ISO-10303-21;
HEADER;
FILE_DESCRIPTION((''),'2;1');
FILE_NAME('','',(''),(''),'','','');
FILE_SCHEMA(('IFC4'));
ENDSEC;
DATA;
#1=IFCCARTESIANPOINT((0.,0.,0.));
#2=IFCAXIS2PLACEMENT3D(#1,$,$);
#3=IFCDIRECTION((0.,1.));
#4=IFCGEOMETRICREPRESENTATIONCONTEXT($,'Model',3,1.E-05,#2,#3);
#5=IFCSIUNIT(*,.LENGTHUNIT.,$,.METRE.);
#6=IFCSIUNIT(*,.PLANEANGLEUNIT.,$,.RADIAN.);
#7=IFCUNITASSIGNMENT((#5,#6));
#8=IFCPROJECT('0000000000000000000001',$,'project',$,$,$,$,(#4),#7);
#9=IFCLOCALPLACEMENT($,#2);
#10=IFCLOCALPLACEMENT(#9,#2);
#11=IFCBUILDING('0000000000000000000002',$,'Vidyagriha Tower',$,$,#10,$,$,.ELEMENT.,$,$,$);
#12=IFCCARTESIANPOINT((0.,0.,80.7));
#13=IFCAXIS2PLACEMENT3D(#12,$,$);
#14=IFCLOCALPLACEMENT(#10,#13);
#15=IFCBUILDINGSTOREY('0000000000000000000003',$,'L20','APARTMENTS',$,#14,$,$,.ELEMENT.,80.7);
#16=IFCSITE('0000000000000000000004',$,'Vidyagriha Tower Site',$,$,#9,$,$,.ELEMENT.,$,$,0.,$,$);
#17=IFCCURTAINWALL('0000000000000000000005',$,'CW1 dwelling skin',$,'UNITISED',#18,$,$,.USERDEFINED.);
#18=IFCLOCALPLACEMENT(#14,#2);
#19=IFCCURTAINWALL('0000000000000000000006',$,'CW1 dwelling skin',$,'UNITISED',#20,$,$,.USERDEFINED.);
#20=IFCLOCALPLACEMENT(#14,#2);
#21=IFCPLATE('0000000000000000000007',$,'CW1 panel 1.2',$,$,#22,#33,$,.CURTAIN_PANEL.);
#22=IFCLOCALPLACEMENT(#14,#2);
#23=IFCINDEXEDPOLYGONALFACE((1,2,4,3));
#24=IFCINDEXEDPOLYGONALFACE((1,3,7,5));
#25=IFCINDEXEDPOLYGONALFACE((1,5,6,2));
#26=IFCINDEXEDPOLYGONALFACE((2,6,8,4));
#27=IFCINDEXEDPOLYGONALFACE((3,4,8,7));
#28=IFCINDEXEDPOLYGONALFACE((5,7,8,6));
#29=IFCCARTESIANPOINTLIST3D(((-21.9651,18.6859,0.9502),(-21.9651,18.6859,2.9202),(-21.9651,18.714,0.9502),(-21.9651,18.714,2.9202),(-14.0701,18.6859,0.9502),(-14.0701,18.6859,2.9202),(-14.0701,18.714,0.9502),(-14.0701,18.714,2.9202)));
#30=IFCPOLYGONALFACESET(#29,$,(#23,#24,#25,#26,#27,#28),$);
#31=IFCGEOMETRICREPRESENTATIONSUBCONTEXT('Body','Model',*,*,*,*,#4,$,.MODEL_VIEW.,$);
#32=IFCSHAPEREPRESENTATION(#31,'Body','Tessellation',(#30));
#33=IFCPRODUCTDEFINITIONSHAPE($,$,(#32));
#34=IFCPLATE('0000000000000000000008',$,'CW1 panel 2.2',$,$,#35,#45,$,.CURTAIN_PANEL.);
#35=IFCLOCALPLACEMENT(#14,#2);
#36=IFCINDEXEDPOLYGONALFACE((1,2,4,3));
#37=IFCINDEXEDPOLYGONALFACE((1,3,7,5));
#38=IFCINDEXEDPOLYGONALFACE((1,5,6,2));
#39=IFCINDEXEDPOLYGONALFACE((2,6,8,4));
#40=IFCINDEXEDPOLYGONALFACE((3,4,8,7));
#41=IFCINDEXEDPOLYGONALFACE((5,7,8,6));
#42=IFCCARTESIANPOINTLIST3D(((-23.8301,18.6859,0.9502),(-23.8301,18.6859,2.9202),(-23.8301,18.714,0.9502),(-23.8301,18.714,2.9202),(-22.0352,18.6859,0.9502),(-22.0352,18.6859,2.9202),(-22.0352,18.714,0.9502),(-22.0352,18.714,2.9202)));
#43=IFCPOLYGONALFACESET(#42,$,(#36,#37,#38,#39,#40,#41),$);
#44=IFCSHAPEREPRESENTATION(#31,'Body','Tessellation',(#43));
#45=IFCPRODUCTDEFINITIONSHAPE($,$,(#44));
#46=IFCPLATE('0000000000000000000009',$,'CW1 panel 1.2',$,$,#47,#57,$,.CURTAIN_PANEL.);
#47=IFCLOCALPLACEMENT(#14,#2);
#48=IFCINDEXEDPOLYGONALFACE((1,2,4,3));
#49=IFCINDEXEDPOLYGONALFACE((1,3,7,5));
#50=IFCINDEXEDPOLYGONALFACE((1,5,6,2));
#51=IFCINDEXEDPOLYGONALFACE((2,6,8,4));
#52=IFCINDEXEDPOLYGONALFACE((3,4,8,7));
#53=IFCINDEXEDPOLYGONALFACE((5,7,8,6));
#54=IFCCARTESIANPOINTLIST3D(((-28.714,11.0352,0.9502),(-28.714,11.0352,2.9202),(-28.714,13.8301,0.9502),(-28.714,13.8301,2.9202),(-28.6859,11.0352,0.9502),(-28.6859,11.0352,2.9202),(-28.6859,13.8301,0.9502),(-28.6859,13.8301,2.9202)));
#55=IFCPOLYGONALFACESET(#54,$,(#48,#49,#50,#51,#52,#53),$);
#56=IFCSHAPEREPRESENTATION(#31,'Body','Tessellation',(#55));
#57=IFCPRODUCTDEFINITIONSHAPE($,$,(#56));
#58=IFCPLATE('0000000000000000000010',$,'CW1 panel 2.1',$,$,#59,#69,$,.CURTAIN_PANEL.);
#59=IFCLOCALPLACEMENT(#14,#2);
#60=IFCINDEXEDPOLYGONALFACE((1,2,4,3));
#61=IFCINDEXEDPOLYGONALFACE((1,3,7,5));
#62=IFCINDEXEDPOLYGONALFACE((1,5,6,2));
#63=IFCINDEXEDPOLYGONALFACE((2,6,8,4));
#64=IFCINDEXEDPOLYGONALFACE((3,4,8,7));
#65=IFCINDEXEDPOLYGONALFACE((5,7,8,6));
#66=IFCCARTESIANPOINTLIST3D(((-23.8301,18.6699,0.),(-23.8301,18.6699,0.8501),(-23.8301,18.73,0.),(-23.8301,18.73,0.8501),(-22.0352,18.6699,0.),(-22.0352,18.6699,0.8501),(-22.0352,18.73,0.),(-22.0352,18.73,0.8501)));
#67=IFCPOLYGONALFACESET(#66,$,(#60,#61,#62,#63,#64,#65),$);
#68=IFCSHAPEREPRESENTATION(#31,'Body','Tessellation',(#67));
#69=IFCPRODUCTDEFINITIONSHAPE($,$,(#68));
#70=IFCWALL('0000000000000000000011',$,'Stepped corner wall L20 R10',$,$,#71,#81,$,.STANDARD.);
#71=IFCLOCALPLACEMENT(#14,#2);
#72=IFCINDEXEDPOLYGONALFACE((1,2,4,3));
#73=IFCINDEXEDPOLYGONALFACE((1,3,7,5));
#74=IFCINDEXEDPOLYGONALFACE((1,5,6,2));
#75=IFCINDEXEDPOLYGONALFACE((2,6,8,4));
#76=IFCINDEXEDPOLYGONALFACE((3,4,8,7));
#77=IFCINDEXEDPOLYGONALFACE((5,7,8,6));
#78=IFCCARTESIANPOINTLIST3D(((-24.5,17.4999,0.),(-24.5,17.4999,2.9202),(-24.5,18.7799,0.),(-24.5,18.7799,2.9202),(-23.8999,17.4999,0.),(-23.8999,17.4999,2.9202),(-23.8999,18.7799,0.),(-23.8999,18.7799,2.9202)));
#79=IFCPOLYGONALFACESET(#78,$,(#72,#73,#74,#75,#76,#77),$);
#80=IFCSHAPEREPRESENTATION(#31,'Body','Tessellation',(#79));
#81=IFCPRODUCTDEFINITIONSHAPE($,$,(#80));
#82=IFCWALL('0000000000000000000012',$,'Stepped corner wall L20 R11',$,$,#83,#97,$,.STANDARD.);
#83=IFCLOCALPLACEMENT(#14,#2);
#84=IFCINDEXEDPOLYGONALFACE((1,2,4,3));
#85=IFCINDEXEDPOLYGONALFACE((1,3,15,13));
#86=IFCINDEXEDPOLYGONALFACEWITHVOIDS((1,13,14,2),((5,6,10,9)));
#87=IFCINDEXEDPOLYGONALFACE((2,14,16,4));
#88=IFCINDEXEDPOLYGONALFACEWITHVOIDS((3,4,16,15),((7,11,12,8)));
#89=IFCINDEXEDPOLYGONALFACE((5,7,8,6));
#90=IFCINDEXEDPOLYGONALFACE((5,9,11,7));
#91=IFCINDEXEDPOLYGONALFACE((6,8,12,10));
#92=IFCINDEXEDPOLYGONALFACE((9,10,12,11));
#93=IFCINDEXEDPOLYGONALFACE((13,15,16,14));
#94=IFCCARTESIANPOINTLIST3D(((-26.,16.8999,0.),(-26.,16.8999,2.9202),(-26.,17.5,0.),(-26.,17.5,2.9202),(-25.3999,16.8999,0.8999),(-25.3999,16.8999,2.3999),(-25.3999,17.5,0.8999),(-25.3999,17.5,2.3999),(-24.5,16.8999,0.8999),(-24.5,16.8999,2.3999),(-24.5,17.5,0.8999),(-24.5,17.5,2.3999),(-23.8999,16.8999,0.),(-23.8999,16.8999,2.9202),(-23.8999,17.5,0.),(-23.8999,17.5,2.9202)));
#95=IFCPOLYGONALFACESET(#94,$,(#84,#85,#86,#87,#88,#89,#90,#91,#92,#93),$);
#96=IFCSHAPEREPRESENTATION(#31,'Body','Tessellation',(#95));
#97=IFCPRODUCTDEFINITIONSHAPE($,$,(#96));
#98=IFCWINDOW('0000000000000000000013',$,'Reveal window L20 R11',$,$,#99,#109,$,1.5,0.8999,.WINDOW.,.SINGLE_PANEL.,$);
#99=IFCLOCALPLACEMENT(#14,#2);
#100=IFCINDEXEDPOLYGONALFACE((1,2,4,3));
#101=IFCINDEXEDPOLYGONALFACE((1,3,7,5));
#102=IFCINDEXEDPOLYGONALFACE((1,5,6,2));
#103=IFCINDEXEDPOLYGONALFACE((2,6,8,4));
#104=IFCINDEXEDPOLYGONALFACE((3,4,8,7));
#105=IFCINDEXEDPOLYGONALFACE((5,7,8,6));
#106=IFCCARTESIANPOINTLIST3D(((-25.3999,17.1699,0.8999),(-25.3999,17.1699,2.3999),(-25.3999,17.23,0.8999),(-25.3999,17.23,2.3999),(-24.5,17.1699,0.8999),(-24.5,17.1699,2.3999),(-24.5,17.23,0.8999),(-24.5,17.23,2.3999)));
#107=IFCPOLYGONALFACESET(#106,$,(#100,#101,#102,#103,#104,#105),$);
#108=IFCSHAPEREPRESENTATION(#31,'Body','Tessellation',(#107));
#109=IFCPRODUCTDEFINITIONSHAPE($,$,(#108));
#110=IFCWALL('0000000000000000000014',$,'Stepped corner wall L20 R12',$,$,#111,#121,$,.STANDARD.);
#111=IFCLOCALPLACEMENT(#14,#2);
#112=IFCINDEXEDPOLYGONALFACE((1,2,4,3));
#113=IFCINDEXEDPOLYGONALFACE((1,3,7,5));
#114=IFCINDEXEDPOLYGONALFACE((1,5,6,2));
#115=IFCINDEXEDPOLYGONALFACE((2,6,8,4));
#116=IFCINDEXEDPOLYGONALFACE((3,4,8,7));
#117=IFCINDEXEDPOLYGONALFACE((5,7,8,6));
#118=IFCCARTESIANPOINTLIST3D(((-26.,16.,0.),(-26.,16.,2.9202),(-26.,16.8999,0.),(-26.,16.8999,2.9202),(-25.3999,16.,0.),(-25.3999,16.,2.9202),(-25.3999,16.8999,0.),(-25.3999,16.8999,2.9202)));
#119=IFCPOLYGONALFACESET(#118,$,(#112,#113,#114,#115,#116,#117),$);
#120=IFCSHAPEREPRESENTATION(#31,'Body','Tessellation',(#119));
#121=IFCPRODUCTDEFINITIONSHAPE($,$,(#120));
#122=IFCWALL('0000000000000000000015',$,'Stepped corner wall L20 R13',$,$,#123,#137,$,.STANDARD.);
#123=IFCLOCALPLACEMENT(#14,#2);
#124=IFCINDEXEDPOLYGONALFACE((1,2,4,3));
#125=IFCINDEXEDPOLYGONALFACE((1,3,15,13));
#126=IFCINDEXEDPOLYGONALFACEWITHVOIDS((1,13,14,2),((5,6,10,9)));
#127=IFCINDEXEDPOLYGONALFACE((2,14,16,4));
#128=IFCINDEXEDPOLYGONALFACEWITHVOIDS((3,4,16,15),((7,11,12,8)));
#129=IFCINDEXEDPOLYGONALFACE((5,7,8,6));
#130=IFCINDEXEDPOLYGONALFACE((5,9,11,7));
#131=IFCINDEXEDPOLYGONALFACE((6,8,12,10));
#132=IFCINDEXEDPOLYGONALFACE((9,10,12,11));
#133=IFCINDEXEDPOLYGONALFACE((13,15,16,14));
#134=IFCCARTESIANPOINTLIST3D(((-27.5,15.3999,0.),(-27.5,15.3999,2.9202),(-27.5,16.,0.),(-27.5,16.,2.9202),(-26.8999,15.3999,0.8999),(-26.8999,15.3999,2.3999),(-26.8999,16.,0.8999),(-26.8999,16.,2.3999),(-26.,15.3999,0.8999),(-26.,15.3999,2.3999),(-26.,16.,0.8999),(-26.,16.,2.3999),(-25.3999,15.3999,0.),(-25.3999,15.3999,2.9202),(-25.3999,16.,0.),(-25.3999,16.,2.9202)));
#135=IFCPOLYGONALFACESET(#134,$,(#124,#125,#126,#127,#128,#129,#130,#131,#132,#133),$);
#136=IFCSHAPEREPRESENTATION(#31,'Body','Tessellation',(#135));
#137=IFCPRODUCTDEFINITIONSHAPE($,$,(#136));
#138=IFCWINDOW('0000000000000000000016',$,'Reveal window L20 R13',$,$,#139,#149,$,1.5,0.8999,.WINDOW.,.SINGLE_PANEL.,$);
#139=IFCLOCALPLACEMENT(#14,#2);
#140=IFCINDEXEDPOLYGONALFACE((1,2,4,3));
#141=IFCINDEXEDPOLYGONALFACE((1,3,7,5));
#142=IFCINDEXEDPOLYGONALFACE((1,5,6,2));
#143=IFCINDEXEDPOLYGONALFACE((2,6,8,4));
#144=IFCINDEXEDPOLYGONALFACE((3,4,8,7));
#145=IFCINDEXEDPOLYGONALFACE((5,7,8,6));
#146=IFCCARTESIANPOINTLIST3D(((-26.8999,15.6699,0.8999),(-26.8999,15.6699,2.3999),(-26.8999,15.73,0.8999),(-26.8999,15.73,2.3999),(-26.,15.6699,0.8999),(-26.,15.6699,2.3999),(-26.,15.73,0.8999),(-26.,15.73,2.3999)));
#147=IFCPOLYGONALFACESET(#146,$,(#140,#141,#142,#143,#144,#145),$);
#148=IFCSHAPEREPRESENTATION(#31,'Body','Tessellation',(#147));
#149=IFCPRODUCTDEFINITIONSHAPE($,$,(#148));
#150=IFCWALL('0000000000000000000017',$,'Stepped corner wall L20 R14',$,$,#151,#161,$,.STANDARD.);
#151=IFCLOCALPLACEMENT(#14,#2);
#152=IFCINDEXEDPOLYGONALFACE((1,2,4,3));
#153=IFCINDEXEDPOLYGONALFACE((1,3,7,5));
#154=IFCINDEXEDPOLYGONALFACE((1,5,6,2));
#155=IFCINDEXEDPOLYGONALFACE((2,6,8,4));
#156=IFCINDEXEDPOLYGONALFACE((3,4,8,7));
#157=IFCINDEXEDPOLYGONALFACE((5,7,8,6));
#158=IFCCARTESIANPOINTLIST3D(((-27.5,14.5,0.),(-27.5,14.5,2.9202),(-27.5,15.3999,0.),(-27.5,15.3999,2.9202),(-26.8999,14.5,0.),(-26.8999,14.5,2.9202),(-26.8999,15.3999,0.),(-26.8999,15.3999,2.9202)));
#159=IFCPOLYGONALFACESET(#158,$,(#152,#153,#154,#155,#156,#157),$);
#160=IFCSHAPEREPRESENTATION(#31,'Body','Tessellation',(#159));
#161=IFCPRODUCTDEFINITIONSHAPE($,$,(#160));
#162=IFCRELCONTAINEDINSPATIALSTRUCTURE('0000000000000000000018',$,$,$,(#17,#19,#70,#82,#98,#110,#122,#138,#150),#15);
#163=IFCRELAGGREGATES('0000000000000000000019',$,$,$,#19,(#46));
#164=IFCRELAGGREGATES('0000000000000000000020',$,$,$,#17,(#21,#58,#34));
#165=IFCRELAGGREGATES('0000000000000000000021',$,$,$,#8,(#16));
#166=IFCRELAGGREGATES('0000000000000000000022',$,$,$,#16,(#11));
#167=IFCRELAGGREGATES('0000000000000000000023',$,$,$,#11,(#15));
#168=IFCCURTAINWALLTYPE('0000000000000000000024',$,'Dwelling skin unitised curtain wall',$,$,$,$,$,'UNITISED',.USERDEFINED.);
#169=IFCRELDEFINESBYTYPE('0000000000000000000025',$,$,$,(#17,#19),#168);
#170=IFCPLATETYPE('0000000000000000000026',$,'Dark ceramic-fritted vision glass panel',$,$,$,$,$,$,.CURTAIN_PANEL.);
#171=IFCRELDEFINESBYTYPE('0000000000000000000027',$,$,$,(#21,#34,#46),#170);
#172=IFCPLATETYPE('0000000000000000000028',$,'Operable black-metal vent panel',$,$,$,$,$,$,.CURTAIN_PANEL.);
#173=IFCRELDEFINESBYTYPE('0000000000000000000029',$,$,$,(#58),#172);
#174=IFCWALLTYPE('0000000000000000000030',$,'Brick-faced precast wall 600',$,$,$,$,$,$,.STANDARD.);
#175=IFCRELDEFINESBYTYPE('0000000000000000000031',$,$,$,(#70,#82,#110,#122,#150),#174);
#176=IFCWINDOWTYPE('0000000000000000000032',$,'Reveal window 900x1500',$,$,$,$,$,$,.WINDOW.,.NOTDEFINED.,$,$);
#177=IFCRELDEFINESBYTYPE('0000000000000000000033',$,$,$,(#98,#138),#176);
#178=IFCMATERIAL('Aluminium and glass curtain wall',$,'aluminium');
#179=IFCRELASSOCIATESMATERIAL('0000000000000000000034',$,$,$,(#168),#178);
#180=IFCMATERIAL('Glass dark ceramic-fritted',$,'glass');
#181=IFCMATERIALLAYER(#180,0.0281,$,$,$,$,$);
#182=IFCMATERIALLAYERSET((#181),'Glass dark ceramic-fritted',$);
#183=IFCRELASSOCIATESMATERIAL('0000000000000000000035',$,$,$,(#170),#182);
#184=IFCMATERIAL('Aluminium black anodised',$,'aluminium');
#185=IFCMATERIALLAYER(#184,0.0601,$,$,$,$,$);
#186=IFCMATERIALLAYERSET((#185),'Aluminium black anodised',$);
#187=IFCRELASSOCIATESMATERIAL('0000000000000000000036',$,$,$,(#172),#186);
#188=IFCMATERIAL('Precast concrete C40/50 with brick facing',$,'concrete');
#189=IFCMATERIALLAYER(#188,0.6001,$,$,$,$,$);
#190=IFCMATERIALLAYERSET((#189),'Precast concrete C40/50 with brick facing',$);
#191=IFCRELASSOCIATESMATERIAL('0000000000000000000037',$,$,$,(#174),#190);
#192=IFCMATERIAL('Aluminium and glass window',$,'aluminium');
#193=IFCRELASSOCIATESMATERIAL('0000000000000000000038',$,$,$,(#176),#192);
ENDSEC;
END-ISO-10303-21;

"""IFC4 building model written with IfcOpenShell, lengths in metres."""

from ifc_helpers import new_model, si_unit, direction, frame, frame_2d, origin, origin_2d, place, context, subcontext, project, spatial, rectangle, extrude, material, layer, layer_set, type_object, element, fill, aggregate, save


model = new_model("IFC4")

# Units and contexts
model_context = context("Model", 3, precision=1e-05, world=origin(), true_north=direction((0.0, 1.0)))
body_context = subcontext(model_context, "Body", "Model", "MODEL_VIEW")
ifc_project = project(units=[si_unit("LENGTHUNIT", "METRE"), si_unit("PLANEANGLEUNIT", "RADIAN")], contexts=[model_context])

# Site, building, storey
site_placement = place(None, origin())
site = spatial("IfcSite", under=ifc_project, at=site_placement, Name="Vidyagriha Tower Site", CompositionType="ELEMENT", RefElevation=0.0)
building_placement = place(site_placement, origin())
building = spatial("IfcBuilding", under=site, at=building_placement, Name="Vidyagriha Tower", CompositionType="ELEMENT")
storey_placement = place(building_placement, frame((0.0, 0.0, 80.7)))
storey = spatial("IfcBuildingStorey", under=building, at=storey_placement, Name="L20", Description="APARTMENTS", CompositionType="ELEMENT", Elevation=80.7)

# Curtain wall
ifc_material_1 = material(Name="Aluminium and glass curtain wall", Category="aluminium")
curtain_wall_type = type_object("IfcCurtainWallType", Name="Dwelling skin unitised curtain wall", ElementType="UNITISED", PredefinedType="USERDEFINED", material=ifc_material_1)
curtain_wall_1_placement = place(storey_placement, origin())
curtain_wall_1 = element("IfcCurtainWall", 1, at=curtain_wall_1_placement, inside=storey, type_object=curtain_wall_type, Name="CW1 dwelling skin", ObjectType="UNITISED", PredefinedType="USERDEFINED")

# Curtain wall
curtain_wall_2_placement = place(storey_placement, origin())
curtain_wall_2 = element("IfcCurtainWall", 2, at=curtain_wall_2_placement, inside=storey, type_object=curtain_wall_type, Name="CW1 dwelling skin", ObjectType="UNITISED", PredefinedType="USERDEFINED")

# Plates
ifc_material_2 = material(Name="Glass dark ceramic-fritted", Category="glass")
ifc_layer_1 = layer(ifc_material_2, 0.0281)
ifc_layer_set_1 = layer_set([ifc_layer_1], Name="Glass dark ceramic-fritted")
plate_type_1 = type_object("IfcPlateType", Name="Dark ceramic-fritted vision glass panel", PredefinedType="CURTAIN_PANEL", material=ifc_layer_set_1)
plate_1_placement = place(storey_placement, frame((-18.0176, 18.7, 0.9502), z_axis=(0.0, 0.0, 1.0), x_axis=(-1.0, 0.0, 0.0)))
plate_1 = element("IfcPlate", 3, at=plate_1_placement, type_object=plate_type_1, Name="CW1 panel 1.2", PredefinedType="CURTAIN_PANEL", context=body_context, shape_type="SweptSolid", body=[
    extrude(rectangle(XDim=7.895, YDim=0.0281, at=origin_2d()), origin(), (0.0, 0.0, 1.0), 1.97),
])
plate_2_placement = place(storey_placement, frame((-22.9326, 18.7, 0.9502), z_axis=(0.0, 0.0, 1.0), x_axis=(-1.0, 0.0, 0.0)))
plate_2 = element("IfcPlate", 4, at=plate_2_placement, type_object=plate_type_1, Name="CW1 panel 2.2", PredefinedType="CURTAIN_PANEL", context=body_context, shape_type="SweptSolid", body=[
    extrude(rectangle(XDim=1.7949, YDim=0.0281, at=origin_2d()), origin(), (0.0, 0.0, 1.0), 1.97),
])
plate_3_placement = place(storey_placement, frame((-28.7, 12.4326, 0.9502), z_axis=(0.0, 0.0, 1.0), x_axis=(0.0, -1.0, 0.0)))
plate_3 = element("IfcPlate", 5, at=plate_3_placement, type_object=plate_type_1, Name="CW1 panel 1.2", PredefinedType="CURTAIN_PANEL", context=body_context, shape_type="SweptSolid", body=[
    extrude(rectangle(XDim=2.7949, YDim=0.0281, at=origin_2d()), origin(), (0.0, 0.0, 1.0), 1.97),
])
aggregate(curtain_wall_2, [plate_3])
ifc_material_3 = material(Name="Aluminium black anodised", Category="aluminium")
ifc_layer_2 = layer(ifc_material_3, 0.0601)
ifc_layer_set_2 = layer_set([ifc_layer_2], Name="Aluminium black anodised")
plate_type_2 = type_object("IfcPlateType", Name="Operable black-metal vent panel", PredefinedType="CURTAIN_PANEL", material=ifc_layer_set_2)
plate_4_placement = place(storey_placement, frame((-22.9326, 18.7, 0.0), z_axis=(0.0, 0.0, 1.0), x_axis=(-1.0, 0.0, 0.0)))
plate_4 = element("IfcPlate", 6, at=plate_4_placement, type_object=plate_type_2, Name="CW1 panel 2.1", PredefinedType="CURTAIN_PANEL", context=body_context, shape_type="SweptSolid", body=[
    extrude(rectangle(XDim=1.7949, YDim=0.0601, at=origin_2d()), origin(), (0.0, 0.0, 1.0), 0.8501),
])
aggregate(curtain_wall_1, [plate_1, plate_4, plate_2])

# Wall
ifc_material_4 = material(Name="Precast concrete C40/50 with brick facing", Category="concrete")
ifc_layer_3 = layer(ifc_material_4, 0.6001)
ifc_layer_set_3 = layer_set([ifc_layer_3], Name="Precast concrete C40/50 with brick facing")
wall_type_1 = type_object("IfcWallType", Name="Brick-faced precast wall 600", PredefinedType="STANDARD", material=ifc_layer_set_3)
wall_1_placement = place(storey_placement, frame((-24.2, 18.78, 0.0), z_axis=(0.0, 0.0, 1.0), x_axis=(0.0, -1.0, 0.0)))
element("IfcWall", 7, at=wall_1_placement, inside=storey, type_object=wall_type_1, Name="Stepped corner wall L20 R10", PredefinedType="STANDARD", context=body_context, shape_type="SweptSolid", body=[
    extrude(rectangle(XDim=1.28, YDim=0.6001, at=frame_2d((0.6401, 0.0))), origin(), (0.0, 0.0, 1.0), 2.9202),
])

# Wall, opening, window
wall_2_placement = place(storey_placement, frame((-23.8999, 17.2, 0.0), z_axis=(0.0, 0.0, 1.0), x_axis=(-1.0, 0.0, 0.0)))
wall_2 = element("IfcWall", 8, at=wall_2_placement, inside=storey, type_object=wall_type_1, Name="Stepped corner wall L20 R11", PredefinedType="STANDARD", context=body_context, shape_type="SweptSolid", body=[
    extrude(rectangle(XDim=2.1001, YDim=0.6001, at=frame_2d((1.05, 0.0))), origin(), (0.0, 0.0, 1.0), 2.9202),
])
opening_1_placement = place(wall_2_placement, frame((0.6001, 0.0, 0.8999)))
opening_1 = element("IfcOpeningElement", 9, at=opening_1_placement, cuts=wall_2, PredefinedType="OPENING", context=body_context, shape_type="SweptSolid", body=[
    extrude(rectangle(XDim=0.8999, YDim=1.5, at=frame_2d((0.45, 0.75))), frame((0.0, 0.3101, 0.0), z_axis=(0.0, -1.0, 0.0), x_axis=(1.0, 0.0, 0.0)), (0.0, 0.0, 1.0), 0.6201),
])
ifc_material_5 = material(Name="Aluminium and glass window", Category="aluminium")
window_type = type_object("IfcWindowType", Name="Reveal window 900x1500", PartitioningType="NOTDEFINED", PredefinedType="WINDOW", material=ifc_material_5)
window_1_placement = place(opening_1_placement, origin())
window_1 = element("IfcWindow", 10, at=window_1_placement, inside=storey, type_object=window_type, Name="Reveal window L20 R11", OverallHeight=1.5, OverallWidth=0.8999, PartitioningType="SINGLE_PANEL", PredefinedType="WINDOW", context=body_context, shape_type="SweptSolid", body=[
    extrude(rectangle(XDim=0.8999, YDim=1.5, at=frame_2d((0.45, 0.75))), frame((0.0, 0.03, 0.0), z_axis=(0.0, -1.0, 0.0), x_axis=(1.0, 0.0, 0.0)), (0.0, 0.0, 1.0), 0.0601),
])
fill(opening_1, window_1)

# Wall
wall_3_placement = place(storey_placement, frame((-25.7, 16.8999, 0.0), z_axis=(0.0, 0.0, 1.0), x_axis=(0.0, -1.0, 0.0)))
element("IfcWall", 11, at=wall_3_placement, inside=storey, type_object=wall_type_1, Name="Stepped corner wall L20 R12", PredefinedType="STANDARD", context=body_context, shape_type="SweptSolid", body=[
    extrude(rectangle(XDim=0.8999, YDim=0.6001, at=frame_2d((0.45, 0.0))), origin(), (0.0, 0.0, 1.0), 2.9202),
])

# Wall, opening, window
wall_4_placement = place(storey_placement, frame((-25.3999, 15.7, 0.0), z_axis=(0.0, 0.0, 1.0), x_axis=(-1.0, 0.0, 0.0)))
wall_4 = element("IfcWall", 12, at=wall_4_placement, inside=storey, type_object=wall_type_1, Name="Stepped corner wall L20 R13", PredefinedType="STANDARD", context=body_context, shape_type="SweptSolid", body=[
    extrude(rectangle(XDim=2.1001, YDim=0.6001, at=frame_2d((1.05, 0.0))), origin(), (0.0, 0.0, 1.0), 2.9202),
])
opening_2_placement = place(wall_4_placement, frame((0.6001, 0.0, 0.8999)))
opening_2 = element("IfcOpeningElement", 13, at=opening_2_placement, cuts=wall_4, PredefinedType="OPENING", context=body_context, shape_type="SweptSolid", body=[
    extrude(rectangle(XDim=0.8999, YDim=1.5, at=frame_2d((0.45, 0.75))), frame((0.0, 0.3101, 0.0), z_axis=(0.0, -1.0, 0.0), x_axis=(1.0, 0.0, 0.0)), (0.0, 0.0, 1.0), 0.6201),
])
window_2_placement = place(opening_2_placement, origin())
window_2 = element("IfcWindow", 14, at=window_2_placement, inside=storey, type_object=window_type, Name="Reveal window L20 R13", OverallHeight=1.5, OverallWidth=0.8999, PartitioningType="SINGLE_PANEL", PredefinedType="WINDOW", context=body_context, shape_type="SweptSolid", body=[
    extrude(rectangle(XDim=0.8999, YDim=1.5, at=frame_2d((0.45, 0.75))), frame((0.0, 0.03, 0.0), z_axis=(0.0, -1.0, 0.0), x_axis=(1.0, 0.0, 0.0)), (0.0, 0.0, 1.0), 0.0601),
])
fill(opening_2, window_2)

# Wall
wall_5_placement = place(storey_placement, frame((-27.2, 15.3999, 0.0), z_axis=(0.0, 0.0, 1.0), x_axis=(0.0, -1.0, 0.0)))
element("IfcWall", 15, at=wall_5_placement, inside=storey, type_object=wall_type_1, Name="Stepped corner wall L20 R14", PredefinedType="STANDARD", context=body_context, shape_type="SweptSolid", body=[
    extrude(rectangle(XDim=0.8999, YDim=0.6001, at=frame_2d((0.45, 0.0))), origin(), (0.0, 0.0, 1.0), 2.9202),
])

save(model, "model.ifc")
